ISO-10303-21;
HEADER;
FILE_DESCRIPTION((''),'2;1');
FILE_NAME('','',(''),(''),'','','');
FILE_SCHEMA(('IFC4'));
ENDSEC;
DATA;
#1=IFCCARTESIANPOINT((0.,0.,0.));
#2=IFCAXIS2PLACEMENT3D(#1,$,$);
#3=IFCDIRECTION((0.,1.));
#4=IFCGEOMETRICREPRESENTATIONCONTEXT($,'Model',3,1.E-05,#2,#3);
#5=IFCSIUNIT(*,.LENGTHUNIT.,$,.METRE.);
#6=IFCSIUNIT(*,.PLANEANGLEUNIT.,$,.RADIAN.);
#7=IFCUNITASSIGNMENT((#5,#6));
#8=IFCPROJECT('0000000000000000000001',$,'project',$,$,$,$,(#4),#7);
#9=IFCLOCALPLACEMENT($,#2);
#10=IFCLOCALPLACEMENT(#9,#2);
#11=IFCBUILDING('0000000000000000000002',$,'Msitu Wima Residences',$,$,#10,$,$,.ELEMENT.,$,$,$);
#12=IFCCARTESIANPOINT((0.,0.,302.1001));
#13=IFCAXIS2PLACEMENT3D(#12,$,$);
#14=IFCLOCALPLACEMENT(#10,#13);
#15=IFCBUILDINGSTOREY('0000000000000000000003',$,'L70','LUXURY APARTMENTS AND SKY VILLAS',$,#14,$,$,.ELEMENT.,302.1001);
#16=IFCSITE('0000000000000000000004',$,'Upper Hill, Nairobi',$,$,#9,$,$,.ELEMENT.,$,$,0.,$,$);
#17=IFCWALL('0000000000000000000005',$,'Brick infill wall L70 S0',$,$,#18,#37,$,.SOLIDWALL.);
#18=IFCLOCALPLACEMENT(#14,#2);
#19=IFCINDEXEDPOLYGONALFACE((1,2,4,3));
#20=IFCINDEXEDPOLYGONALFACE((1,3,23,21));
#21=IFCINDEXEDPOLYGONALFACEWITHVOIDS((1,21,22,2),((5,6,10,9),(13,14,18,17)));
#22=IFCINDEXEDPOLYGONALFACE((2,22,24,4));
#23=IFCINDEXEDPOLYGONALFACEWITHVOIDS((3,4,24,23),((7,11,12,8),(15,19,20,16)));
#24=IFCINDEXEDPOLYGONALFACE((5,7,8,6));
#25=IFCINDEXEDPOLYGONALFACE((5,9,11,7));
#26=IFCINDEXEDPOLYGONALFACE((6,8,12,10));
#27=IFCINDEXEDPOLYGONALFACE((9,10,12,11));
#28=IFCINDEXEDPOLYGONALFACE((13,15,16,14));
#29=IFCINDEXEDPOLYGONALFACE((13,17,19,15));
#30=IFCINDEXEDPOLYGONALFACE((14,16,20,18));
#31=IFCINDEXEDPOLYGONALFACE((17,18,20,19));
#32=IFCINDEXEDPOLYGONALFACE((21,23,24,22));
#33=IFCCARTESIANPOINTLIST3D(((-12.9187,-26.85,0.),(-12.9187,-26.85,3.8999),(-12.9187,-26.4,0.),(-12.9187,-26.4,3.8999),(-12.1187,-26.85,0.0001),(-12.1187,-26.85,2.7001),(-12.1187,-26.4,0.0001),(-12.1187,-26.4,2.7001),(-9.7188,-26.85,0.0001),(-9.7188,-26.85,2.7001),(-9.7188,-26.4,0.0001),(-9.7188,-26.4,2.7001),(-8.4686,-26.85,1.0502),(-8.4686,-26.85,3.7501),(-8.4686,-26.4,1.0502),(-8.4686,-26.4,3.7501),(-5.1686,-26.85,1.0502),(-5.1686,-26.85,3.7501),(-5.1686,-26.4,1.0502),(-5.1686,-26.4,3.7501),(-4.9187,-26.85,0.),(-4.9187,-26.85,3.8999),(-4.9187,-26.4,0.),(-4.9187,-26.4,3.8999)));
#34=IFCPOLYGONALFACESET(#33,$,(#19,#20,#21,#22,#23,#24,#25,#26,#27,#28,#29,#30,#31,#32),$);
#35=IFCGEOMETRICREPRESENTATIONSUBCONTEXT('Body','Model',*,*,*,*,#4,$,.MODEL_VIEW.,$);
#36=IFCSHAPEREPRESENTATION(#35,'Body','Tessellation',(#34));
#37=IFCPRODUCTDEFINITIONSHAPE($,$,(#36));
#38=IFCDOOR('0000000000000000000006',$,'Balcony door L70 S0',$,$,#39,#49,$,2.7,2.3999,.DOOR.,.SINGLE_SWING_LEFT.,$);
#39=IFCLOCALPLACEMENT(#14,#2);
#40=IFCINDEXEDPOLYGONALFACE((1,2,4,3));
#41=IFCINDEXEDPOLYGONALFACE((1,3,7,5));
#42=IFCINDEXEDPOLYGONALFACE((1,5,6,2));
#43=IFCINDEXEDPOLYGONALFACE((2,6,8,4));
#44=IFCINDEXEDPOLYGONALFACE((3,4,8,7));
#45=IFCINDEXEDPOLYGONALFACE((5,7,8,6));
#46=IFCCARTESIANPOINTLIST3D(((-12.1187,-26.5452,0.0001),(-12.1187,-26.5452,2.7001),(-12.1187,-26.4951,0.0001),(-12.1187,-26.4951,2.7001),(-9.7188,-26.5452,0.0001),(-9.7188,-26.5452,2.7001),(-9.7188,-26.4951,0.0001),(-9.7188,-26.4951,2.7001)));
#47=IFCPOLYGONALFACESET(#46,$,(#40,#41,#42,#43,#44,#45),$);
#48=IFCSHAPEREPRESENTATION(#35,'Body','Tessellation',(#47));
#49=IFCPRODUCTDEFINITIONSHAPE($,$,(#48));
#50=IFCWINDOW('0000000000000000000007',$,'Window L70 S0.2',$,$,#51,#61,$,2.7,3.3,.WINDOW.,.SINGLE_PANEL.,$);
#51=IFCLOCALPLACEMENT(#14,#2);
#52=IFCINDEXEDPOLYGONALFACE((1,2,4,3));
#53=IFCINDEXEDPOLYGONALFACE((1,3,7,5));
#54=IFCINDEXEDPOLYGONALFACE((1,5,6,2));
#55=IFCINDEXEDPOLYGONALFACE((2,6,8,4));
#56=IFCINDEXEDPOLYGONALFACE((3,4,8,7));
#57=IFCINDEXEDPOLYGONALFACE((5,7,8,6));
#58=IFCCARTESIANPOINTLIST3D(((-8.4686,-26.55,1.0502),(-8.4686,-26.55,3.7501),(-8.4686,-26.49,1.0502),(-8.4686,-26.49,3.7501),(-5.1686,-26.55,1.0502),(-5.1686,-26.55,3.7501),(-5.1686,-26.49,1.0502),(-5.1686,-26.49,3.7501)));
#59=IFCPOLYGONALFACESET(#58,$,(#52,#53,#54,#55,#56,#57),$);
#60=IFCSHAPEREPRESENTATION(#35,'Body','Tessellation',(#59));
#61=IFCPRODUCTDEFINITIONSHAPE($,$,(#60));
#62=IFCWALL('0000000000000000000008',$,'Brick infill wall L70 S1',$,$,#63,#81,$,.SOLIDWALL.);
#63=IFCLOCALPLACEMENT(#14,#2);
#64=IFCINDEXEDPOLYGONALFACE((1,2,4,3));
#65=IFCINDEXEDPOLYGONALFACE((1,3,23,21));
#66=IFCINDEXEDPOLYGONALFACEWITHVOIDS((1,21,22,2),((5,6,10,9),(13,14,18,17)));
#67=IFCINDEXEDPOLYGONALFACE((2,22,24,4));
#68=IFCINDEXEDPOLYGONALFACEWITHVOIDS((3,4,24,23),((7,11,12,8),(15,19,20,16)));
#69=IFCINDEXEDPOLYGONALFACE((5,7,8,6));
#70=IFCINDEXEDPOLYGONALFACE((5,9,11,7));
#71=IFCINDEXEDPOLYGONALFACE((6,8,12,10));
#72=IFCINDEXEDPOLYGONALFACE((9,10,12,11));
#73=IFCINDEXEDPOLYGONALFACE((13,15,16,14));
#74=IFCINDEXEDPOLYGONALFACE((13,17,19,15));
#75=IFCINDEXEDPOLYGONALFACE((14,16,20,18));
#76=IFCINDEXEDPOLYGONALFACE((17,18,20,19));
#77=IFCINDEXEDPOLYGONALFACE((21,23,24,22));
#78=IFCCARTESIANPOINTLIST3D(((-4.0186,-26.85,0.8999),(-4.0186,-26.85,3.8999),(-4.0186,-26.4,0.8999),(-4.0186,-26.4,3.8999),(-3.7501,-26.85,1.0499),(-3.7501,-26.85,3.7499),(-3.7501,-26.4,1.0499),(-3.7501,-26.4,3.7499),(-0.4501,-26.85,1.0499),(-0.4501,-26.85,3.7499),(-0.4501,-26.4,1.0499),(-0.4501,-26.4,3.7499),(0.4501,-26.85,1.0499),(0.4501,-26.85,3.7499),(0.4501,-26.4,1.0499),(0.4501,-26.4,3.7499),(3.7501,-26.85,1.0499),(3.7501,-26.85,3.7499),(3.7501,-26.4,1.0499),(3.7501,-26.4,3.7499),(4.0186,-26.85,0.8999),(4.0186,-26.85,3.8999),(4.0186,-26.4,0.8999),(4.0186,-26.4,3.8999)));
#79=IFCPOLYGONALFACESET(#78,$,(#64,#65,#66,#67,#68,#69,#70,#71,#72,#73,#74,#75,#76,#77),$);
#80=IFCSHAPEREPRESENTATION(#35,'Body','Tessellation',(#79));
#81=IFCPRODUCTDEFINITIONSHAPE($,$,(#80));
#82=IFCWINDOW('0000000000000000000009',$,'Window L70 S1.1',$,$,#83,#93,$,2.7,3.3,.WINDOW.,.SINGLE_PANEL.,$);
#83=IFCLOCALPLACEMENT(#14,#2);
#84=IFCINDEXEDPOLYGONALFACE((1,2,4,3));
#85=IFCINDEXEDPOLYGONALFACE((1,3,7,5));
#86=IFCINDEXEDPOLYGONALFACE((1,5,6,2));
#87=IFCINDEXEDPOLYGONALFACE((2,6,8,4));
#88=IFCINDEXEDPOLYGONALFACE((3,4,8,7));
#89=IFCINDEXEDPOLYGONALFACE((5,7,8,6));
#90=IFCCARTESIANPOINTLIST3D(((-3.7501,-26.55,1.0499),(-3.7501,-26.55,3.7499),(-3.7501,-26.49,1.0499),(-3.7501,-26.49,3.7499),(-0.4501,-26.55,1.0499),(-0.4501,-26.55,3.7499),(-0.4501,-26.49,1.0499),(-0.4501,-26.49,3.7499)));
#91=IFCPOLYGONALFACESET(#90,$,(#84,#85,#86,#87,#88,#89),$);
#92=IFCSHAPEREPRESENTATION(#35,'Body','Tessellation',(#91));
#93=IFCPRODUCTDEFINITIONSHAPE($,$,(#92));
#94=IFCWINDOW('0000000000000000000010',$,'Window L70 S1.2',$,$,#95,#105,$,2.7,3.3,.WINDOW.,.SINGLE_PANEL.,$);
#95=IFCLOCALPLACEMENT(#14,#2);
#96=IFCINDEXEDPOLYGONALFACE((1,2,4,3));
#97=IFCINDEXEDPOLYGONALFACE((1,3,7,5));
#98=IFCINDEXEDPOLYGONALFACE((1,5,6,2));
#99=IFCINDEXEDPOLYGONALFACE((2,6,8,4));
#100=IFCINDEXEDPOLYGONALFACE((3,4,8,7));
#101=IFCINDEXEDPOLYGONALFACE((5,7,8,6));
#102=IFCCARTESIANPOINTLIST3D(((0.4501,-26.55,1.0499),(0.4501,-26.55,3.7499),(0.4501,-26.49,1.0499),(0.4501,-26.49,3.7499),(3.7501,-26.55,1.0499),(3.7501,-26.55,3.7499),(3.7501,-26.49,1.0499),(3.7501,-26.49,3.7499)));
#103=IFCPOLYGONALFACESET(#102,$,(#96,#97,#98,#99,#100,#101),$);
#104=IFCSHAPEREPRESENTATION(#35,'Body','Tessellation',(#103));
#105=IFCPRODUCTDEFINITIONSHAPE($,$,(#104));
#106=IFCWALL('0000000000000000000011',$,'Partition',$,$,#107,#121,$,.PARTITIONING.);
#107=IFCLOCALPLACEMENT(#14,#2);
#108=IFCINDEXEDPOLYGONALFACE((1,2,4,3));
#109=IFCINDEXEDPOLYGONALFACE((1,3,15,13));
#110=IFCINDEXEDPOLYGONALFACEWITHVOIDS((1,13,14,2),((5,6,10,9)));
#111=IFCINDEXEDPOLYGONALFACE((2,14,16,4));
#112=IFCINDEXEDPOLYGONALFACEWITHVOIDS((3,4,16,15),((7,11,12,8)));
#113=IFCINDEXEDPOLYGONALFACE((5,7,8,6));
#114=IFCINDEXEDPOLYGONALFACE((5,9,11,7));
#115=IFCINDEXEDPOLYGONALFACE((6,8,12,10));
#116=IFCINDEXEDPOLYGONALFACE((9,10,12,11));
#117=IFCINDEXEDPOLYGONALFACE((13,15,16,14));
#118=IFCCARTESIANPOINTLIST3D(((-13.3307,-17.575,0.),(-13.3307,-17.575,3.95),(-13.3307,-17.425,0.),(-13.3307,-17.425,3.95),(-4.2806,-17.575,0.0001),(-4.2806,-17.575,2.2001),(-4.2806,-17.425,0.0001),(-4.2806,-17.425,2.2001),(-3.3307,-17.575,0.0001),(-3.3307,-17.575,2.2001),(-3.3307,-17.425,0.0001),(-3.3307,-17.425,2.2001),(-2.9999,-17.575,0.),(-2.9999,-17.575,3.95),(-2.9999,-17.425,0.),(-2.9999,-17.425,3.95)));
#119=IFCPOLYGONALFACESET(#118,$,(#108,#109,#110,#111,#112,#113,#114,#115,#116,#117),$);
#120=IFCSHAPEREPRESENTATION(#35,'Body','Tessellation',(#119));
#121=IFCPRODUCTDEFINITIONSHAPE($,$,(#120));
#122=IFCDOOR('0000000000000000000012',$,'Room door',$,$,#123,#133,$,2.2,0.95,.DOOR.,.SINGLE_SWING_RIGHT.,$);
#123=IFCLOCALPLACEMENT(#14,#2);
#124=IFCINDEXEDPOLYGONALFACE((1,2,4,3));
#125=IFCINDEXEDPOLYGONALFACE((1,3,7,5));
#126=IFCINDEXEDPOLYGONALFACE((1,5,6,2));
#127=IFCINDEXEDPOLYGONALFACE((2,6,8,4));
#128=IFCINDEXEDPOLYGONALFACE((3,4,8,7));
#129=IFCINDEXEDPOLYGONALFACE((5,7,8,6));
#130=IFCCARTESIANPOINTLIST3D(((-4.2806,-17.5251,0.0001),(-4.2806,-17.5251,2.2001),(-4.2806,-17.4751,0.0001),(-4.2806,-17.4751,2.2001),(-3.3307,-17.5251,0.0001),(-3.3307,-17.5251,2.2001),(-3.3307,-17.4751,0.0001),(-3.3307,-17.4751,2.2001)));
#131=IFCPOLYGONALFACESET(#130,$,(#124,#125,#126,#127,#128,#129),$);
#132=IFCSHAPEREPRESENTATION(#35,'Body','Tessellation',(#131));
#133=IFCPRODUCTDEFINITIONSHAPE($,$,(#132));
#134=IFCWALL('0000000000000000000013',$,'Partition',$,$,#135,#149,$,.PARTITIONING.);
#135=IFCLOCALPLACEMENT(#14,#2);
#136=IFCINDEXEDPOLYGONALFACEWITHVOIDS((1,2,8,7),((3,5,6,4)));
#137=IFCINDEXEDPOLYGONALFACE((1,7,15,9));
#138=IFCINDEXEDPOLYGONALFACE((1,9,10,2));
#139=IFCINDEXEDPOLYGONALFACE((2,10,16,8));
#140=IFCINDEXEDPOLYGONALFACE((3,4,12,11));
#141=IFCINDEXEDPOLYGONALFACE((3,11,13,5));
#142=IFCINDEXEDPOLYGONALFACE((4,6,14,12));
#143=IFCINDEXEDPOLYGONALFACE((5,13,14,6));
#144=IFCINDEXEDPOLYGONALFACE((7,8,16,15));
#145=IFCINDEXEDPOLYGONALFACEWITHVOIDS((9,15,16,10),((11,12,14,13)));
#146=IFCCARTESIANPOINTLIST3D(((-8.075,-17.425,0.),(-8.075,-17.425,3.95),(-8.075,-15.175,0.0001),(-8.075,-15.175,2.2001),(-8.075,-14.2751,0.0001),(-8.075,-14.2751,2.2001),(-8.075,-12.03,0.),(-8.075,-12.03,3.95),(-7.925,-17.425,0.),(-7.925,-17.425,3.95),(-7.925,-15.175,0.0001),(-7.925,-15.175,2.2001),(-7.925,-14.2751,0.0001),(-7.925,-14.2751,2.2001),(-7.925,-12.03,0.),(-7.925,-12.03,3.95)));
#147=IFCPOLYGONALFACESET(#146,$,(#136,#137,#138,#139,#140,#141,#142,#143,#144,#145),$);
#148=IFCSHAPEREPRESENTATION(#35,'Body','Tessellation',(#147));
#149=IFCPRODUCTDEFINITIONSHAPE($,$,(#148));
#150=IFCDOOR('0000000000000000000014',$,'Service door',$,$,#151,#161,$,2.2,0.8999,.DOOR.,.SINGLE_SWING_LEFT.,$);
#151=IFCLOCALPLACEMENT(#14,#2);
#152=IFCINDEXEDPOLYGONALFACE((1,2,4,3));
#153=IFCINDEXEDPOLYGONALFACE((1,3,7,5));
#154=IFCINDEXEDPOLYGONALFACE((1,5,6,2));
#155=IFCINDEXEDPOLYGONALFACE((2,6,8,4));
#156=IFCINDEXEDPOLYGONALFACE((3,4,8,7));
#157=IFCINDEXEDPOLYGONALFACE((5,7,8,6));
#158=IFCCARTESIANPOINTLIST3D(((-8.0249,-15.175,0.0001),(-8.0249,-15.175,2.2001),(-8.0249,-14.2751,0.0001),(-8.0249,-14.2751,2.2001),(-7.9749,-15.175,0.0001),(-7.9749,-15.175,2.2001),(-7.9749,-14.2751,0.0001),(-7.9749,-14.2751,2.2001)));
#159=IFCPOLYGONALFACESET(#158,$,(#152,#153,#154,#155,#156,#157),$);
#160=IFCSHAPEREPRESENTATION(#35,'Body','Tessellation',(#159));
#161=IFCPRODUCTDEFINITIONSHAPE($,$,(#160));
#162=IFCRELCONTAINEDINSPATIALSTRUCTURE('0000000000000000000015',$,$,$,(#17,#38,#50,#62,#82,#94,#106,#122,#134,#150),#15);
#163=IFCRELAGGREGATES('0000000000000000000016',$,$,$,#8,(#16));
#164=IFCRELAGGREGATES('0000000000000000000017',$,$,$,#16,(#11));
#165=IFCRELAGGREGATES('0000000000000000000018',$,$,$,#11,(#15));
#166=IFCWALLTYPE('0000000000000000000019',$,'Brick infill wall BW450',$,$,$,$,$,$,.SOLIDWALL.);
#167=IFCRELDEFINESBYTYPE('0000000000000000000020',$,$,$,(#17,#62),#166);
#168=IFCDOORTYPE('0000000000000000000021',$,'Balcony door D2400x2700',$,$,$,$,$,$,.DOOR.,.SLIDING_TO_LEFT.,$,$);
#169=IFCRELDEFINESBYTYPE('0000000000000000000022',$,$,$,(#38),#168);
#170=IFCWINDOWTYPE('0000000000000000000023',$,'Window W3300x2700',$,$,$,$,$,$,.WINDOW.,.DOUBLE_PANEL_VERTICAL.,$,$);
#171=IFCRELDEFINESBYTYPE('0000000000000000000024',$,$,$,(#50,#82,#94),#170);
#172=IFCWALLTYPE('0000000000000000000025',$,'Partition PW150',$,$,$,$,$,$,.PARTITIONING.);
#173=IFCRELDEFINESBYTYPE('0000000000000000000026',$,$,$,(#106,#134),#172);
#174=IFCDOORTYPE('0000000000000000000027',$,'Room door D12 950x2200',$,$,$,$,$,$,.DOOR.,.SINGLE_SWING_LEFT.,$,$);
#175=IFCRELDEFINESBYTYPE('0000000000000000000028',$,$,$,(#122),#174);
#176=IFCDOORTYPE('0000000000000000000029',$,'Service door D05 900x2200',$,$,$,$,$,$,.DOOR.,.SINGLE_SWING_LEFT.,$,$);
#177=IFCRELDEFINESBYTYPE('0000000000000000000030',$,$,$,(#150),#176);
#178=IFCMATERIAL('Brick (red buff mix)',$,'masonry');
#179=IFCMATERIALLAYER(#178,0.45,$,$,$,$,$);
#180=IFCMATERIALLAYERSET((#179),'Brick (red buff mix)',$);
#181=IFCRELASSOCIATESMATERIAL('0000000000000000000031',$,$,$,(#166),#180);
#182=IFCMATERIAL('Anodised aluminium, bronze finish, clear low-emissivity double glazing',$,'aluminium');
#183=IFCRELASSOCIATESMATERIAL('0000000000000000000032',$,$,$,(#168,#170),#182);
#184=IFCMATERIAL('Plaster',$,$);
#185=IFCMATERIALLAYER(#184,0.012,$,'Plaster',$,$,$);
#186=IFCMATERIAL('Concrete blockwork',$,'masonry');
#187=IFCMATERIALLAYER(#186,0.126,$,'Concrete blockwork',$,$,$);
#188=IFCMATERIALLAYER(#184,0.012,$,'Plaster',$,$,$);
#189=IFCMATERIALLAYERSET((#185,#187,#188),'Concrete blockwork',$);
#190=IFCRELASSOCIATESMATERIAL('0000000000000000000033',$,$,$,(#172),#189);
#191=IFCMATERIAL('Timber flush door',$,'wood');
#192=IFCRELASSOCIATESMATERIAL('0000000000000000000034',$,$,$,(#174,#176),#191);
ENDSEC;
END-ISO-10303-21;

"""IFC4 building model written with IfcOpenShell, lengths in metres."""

from ifc_helpers import new_model, si_unit, direction, frame, frame_2d, origin, place, context, subcontext, project, spatial, rectangle, extrude, material, layer, layer_set, type_object, element, fill, save


model = new_model("IFC4")

# Units and contexts
model_context = context("Model", 3, precision=1e-05, world=origin(), true_north=direction((0.0, 1.0)))
body_context = subcontext(model_context, "Body", "Model", "MODEL_VIEW")
ifc_project = project(units=[si_unit("LENGTHUNIT", "METRE"), si_unit("PLANEANGLEUNIT", "RADIAN")], contexts=[model_context])

# Site, building, storey
site_placement = place(None, origin())
site = spatial("IfcSite", under=ifc_project, at=site_placement, Name="Upper Hill, Nairobi", CompositionType="ELEMENT", RefElevation=0.0)
building_placement = place(site_placement, origin())
building = spatial("IfcBuilding", under=site, at=building_placement, Name="Msitu Wima Residences", CompositionType="ELEMENT")
storey_placement = place(building_placement, frame((0.0, 0.0, 302.1001)))
storey = spatial("IfcBuildingStorey", under=building, at=storey_placement, Name="L70", Description="LUXURY APARTMENTS AND SKY VILLAS", CompositionType="ELEMENT", Elevation=302.1001)

# Wall, openings, door, window
ifc_material_1 = material(Name="Brick (red buff mix)", Category="masonry")
ifc_layer_1 = layer(ifc_material_1, 0.45)
ifc_layer_set_1 = layer_set([ifc_layer_1], Name="Brick (red buff mix)")
wall_type_1 = type_object("IfcWallType", Name="Brick infill wall BW450", PredefinedType="SOLIDWALL", material=ifc_layer_set_1)
wall_1_placement = place(storey_placement, frame((-12.9187, -26.625, 0.0), z_axis=(0.0, 0.0, 1.0), x_axis=(1.0, 0.0, 0.0)))
wall_1 = element("IfcWall", 1, at=wall_1_placement, inside=storey, type_object=wall_type_1, Name="Brick infill wall L70 S0", PredefinedType="SOLIDWALL", context=body_context, shape_type="SweptSolid", body=[
    extrude(rectangle(XDim=8.0, YDim=0.45, at=frame_2d((4.0, 0.0))), origin(), (0.0, 0.0, 1.0), 3.8999),
])
opening_1_placement = place(wall_1_placement, frame((0.8, 0.0, 0.0)))
opening_1 = element("IfcOpeningElement", 2, at=opening_1_placement, cuts=wall_1, PredefinedType="OPENING", context=body_context, shape_type="SweptSolid", body=[
    extrude(rectangle(XDim=2.3999, YDim=2.7, at=frame_2d((1.2, 1.3501))), frame((0.0, 0.2349, 0.0), z_axis=(0.0, -1.0, 0.0), x_axis=(1.0, 0.0, 0.0)), (0.0, 0.0, 1.0), 0.47),
])
opening_2_placement = place(wall_1_placement, frame((4.4502, 0.0, 1.05)))
opening_2 = element("IfcOpeningElement", 3, at=opening_2_placement, cuts=wall_1, PredefinedType="OPENING", context=body_context, shape_type="SweptSolid", body=[
    extrude(rectangle(XDim=3.3, YDim=2.7, at=frame_2d((1.6499, 1.3501))), frame((0.0, 0.2349, 0.0), z_axis=(0.0, -1.0, 0.0), x_axis=(1.0, 0.0, 0.0)), (0.0, 0.0, 1.0), 0.47),
])
ifc_material_2 = material(Name="Anodised aluminium, bronze finish, clear low-emissivity double glazing", Category="aluminium")
door_type_1 = type_object("IfcDoorType", Name="Balcony door D2400x2700", OperationType="SLIDING_TO_LEFT", PredefinedType="DOOR", material=ifc_material_2)
door_1_placement = place(opening_1_placement, origin())
door_1 = element("IfcDoor", 4, at=door_1_placement, inside=storey, type_object=door_type_1, Name="Balcony door L70 S0", OperationType="SINGLE_SWING_LEFT", OverallHeight=2.7, OverallWidth=2.3999, PredefinedType="DOOR", context=body_context, shape_type="SweptSolid", body=[
    extrude(rectangle(XDim=2.3999, YDim=2.7, at=frame_2d((1.2, 1.3501))), frame((0.0, 0.1299, 0.0), z_axis=(0.0, -1.0, 0.0), x_axis=(1.0, 0.0, 0.0)), (0.0, 0.0, 1.0), 0.05),
])
fill(opening_1, door_1)
window_type = type_object("IfcWindowType", Name="Window W3300x2700", PartitioningType="DOUBLE_PANEL_VERTICAL", PredefinedType="WINDOW", material=ifc_material_2)
window_1_placement = place(opening_2_placement, origin())
window_1 = element("IfcWindow", 5, at=window_1_placement, inside=storey, type_object=window_type, Name="Window L70 S0.2", OverallHeight=2.7, OverallWidth=3.3, PartitioningType="SINGLE_PANEL", PredefinedType="WINDOW", context=body_context, shape_type="SweptSolid", body=[
    extrude(rectangle(XDim=3.3, YDim=2.7, at=frame_2d((1.6499, 1.3501))), frame((0.0, 0.135, 0.0), z_axis=(0.0, -1.0, 0.0), x_axis=(1.0, 0.0, 0.0)), (0.0, 0.0, 1.0), 0.0601),
])
fill(opening_2, window_1)

# Wall, openings, windows
wall_2_placement = place(storey_placement, frame((-4.0186, -26.625, 0.8999), z_axis=(0.0, 0.0, 1.0), x_axis=(1.0, 0.0, 0.0)))
wall_2 = element("IfcWall", 6, at=wall_2_placement, inside=storey, type_object=wall_type_1, Name="Brick infill wall L70 S1", PredefinedType="SOLIDWALL", context=body_context, shape_type="SweptSolid", body=[
    extrude(rectangle(XDim=8.0371, YDim=0.45, at=frame_2d((4.0186, 0.0))), origin(), (0.0, 0.0, 1.0), 3.0),
])
opening_3_placement = place(wall_2_placement, frame((0.2686, 0.0, 0.1499)))
opening_3 = element("IfcOpeningElement", 7, at=opening_3_placement, cuts=wall_2, PredefinedType="OPENING", context=body_context, shape_type="SweptSolid", body=[
    extrude(rectangle(XDim=3.3, YDim=2.7, at=frame_2d((1.6499, 1.3501))), frame((0.0, 0.2349, 0.0), z_axis=(0.0, -1.0, 0.0), x_axis=(1.0, 0.0, 0.0)), (0.0, 0.0, 1.0), 0.47),
])
opening_4_placement = place(wall_2_placement, frame((4.4688, 0.0, 0.1499)))
opening_4 = element("IfcOpeningElement", 8, at=opening_4_placement, cuts=wall_2, PredefinedType="OPENING", context=body_context, shape_type="SweptSolid", body=[
    extrude(rectangle(XDim=3.3, YDim=2.7, at=frame_2d((1.6499, 1.3501))), frame((0.0, 0.2349, 0.0), z_axis=(0.0, -1.0, 0.0), x_axis=(1.0, 0.0, 0.0)), (0.0, 0.0, 1.0), 0.47),
])
window_2_placement = place(opening_3_placement, origin())
window_2 = element("IfcWindow", 9, at=window_2_placement, inside=storey, type_object=window_type, Name="Window L70 S1.1", OverallHeight=2.7, OverallWidth=3.3, PartitioningType="SINGLE_PANEL", PredefinedType="WINDOW", context=body_context, shape_type="SweptSolid", body=[
    extrude(rectangle(XDim=3.3, YDim=2.7, at=frame_2d((1.6499, 1.3501))), frame((0.0, 0.135, 0.0), z_axis=(0.0, -1.0, 0.0), x_axis=(1.0, 0.0, 0.0)), (0.0, 0.0, 1.0), 0.0601),
])
fill(opening_3, window_2)
window_3_placement = place(opening_4_placement, origin())
window_3 = element("IfcWindow", 10, at=window_3_placement, inside=storey, type_object=window_type, Name="Window L70 S1.2", OverallHeight=2.7, OverallWidth=3.3, PartitioningType="SINGLE_PANEL", PredefinedType="WINDOW", context=body_context, shape_type="SweptSolid", body=[
    extrude(rectangle(XDim=3.3, YDim=2.7, at=frame_2d((1.6499, 1.3501))), frame((0.0, 0.135, 0.0), z_axis=(0.0, -1.0, 0.0), x_axis=(1.0, 0.0, 0.0)), (0.0, 0.0, 1.0), 0.0601),
])
fill(opening_4, window_3)

# Walls, openings, doors
ifc_material_3 = material(Name="Plaster")
ifc_layer_2 = layer(ifc_material_3, 0.012, Name="Plaster")
ifc_material_4 = material(Name="Concrete blockwork", Category="masonry")
ifc_layer_3 = layer(ifc_material_4, 0.126, Name="Concrete blockwork")
ifc_layer_4 = layer(ifc_material_3, 0.012, Name="Plaster")
ifc_layer_set_2 = layer_set([ifc_layer_2, ifc_layer_3, ifc_layer_4], Name="Concrete blockwork")
wall_type_2 = type_object("IfcWallType", Name="Partition PW150", PredefinedType="PARTITIONING", material=ifc_layer_set_2)
wall_3_placement = place(storey_placement, frame((-13.3308, -17.5, 0.0), z_axis=(0.0, 0.0, 1.0), x_axis=(1.0, 0.0, 0.0)))
wall_3 = element("IfcWall", 11, at=wall_3_placement, inside=storey, type_object=wall_type_2, Name="Partition", PredefinedType="PARTITIONING", context=body_context, shape_type="SweptSolid", body=[
    extrude(rectangle(XDim=10.3308, YDim=0.1499, at=frame_2d((5.1655, 0.0))), origin(), (0.0, 0.0, 1.0), 3.95),
])
opening_5_placement = place(wall_3_placement, frame((9.05, 0.0, 0.0)))
opening_5 = element("IfcOpeningElement", 12, at=opening_5_placement, cuts=wall_3, PredefinedType="OPENING", context=body_context, shape_type="SweptSolid", body=[
    extrude(rectangle(XDim=0.95, YDim=2.2, at=frame_2d((0.4751, 1.1001))), frame((0.0, 0.085, 0.0), z_axis=(0.0, -1.0, 0.0), x_axis=(1.0, 0.0, 0.0)), (0.0, 0.0, 1.0), 0.1699),
])
ifc_material_5 = material(Name="Timber flush door", Category="wood")
door_type_2 = type_object("IfcDoorType", Name="Room door D12 950x2200", OperationType="SINGLE_SWING_LEFT", PredefinedType="DOOR", material=ifc_material_5)
door_2_placement = place(opening_5_placement, origin())
door_2 = element("IfcDoor", 13, at=door_2_placement, inside=storey, type_object=door_type_2, Name="Room door", OperationType="SINGLE_SWING_RIGHT", OverallHeight=2.2, OverallWidth=0.95, PredefinedType="DOOR", context=body_context, shape_type="SweptSolid", body=[
    extrude(rectangle(XDim=0.95, YDim=2.2, at=frame_2d((0.4751, 1.1001))), frame((0.0, 0.0249, 0.0), z_axis=(0.0, -1.0, 0.0), x_axis=(1.0, 0.0, 0.0)), (0.0, 0.0, 1.0), 0.05),
])
fill(opening_5, door_2)
wall_4_placement = place(storey_placement, frame((-8.0, -17.425, 0.0), z_axis=(0.0, 0.0, 1.0), x_axis=(0.0, 1.0, 0.0)))
wall_4 = element("IfcWall", 14, at=wall_4_placement, inside=storey, type_object=wall_type_2, Name="Partition", PredefinedType="PARTITIONING", context=body_context, shape_type="SweptSolid", body=[
    extrude(rectangle(XDim=5.395, YDim=0.1499, at=frame_2d((2.6975, 0.0))), origin(), (0.0, 0.0, 1.0), 3.95),
])
opening_6_placement = place(wall_4_placement, frame((2.25, 0.0, 0.0)))
opening_6 = element("IfcOpeningElement", 15, at=opening_6_placement, cuts=wall_4, PredefinedType="OPENING", context=body_context, shape_type="SweptSolid", body=[
    extrude(rectangle(XDim=0.8999, YDim=2.2, at=frame_2d((0.45, 1.1001))), frame((0.0, 0.085, 0.0), z_axis=(0.0, -1.0, 0.0), x_axis=(1.0, 0.0, 0.0)), (0.0, 0.0, 1.0), 0.1699),
])
door_type_3 = type_object("IfcDoorType", Name="Service door D05 900x2200", OperationType="SINGLE_SWING_LEFT", PredefinedType="DOOR", material=ifc_material_5)
door_3_placement = place(opening_6_placement, origin())
door_3 = element("IfcDoor", 16, at=door_3_placement, inside=storey, type_object=door_type_3, Name="Service door", OperationType="SINGLE_SWING_LEFT", OverallHeight=2.2, OverallWidth=0.8999, PredefinedType="DOOR", context=body_context, shape_type="SweptSolid", body=[
    extrude(rectangle(XDim=0.8999, YDim=2.2, at=frame_2d((0.45, 1.1001))), frame((0.0, 0.0249, 0.0), z_axis=(0.0, -1.0, 0.0), x_axis=(1.0, 0.0, 0.0)), (0.0, 0.0, 1.0), 0.05),
])
fill(opening_6, door_3)

save(model, "model.ifc")
